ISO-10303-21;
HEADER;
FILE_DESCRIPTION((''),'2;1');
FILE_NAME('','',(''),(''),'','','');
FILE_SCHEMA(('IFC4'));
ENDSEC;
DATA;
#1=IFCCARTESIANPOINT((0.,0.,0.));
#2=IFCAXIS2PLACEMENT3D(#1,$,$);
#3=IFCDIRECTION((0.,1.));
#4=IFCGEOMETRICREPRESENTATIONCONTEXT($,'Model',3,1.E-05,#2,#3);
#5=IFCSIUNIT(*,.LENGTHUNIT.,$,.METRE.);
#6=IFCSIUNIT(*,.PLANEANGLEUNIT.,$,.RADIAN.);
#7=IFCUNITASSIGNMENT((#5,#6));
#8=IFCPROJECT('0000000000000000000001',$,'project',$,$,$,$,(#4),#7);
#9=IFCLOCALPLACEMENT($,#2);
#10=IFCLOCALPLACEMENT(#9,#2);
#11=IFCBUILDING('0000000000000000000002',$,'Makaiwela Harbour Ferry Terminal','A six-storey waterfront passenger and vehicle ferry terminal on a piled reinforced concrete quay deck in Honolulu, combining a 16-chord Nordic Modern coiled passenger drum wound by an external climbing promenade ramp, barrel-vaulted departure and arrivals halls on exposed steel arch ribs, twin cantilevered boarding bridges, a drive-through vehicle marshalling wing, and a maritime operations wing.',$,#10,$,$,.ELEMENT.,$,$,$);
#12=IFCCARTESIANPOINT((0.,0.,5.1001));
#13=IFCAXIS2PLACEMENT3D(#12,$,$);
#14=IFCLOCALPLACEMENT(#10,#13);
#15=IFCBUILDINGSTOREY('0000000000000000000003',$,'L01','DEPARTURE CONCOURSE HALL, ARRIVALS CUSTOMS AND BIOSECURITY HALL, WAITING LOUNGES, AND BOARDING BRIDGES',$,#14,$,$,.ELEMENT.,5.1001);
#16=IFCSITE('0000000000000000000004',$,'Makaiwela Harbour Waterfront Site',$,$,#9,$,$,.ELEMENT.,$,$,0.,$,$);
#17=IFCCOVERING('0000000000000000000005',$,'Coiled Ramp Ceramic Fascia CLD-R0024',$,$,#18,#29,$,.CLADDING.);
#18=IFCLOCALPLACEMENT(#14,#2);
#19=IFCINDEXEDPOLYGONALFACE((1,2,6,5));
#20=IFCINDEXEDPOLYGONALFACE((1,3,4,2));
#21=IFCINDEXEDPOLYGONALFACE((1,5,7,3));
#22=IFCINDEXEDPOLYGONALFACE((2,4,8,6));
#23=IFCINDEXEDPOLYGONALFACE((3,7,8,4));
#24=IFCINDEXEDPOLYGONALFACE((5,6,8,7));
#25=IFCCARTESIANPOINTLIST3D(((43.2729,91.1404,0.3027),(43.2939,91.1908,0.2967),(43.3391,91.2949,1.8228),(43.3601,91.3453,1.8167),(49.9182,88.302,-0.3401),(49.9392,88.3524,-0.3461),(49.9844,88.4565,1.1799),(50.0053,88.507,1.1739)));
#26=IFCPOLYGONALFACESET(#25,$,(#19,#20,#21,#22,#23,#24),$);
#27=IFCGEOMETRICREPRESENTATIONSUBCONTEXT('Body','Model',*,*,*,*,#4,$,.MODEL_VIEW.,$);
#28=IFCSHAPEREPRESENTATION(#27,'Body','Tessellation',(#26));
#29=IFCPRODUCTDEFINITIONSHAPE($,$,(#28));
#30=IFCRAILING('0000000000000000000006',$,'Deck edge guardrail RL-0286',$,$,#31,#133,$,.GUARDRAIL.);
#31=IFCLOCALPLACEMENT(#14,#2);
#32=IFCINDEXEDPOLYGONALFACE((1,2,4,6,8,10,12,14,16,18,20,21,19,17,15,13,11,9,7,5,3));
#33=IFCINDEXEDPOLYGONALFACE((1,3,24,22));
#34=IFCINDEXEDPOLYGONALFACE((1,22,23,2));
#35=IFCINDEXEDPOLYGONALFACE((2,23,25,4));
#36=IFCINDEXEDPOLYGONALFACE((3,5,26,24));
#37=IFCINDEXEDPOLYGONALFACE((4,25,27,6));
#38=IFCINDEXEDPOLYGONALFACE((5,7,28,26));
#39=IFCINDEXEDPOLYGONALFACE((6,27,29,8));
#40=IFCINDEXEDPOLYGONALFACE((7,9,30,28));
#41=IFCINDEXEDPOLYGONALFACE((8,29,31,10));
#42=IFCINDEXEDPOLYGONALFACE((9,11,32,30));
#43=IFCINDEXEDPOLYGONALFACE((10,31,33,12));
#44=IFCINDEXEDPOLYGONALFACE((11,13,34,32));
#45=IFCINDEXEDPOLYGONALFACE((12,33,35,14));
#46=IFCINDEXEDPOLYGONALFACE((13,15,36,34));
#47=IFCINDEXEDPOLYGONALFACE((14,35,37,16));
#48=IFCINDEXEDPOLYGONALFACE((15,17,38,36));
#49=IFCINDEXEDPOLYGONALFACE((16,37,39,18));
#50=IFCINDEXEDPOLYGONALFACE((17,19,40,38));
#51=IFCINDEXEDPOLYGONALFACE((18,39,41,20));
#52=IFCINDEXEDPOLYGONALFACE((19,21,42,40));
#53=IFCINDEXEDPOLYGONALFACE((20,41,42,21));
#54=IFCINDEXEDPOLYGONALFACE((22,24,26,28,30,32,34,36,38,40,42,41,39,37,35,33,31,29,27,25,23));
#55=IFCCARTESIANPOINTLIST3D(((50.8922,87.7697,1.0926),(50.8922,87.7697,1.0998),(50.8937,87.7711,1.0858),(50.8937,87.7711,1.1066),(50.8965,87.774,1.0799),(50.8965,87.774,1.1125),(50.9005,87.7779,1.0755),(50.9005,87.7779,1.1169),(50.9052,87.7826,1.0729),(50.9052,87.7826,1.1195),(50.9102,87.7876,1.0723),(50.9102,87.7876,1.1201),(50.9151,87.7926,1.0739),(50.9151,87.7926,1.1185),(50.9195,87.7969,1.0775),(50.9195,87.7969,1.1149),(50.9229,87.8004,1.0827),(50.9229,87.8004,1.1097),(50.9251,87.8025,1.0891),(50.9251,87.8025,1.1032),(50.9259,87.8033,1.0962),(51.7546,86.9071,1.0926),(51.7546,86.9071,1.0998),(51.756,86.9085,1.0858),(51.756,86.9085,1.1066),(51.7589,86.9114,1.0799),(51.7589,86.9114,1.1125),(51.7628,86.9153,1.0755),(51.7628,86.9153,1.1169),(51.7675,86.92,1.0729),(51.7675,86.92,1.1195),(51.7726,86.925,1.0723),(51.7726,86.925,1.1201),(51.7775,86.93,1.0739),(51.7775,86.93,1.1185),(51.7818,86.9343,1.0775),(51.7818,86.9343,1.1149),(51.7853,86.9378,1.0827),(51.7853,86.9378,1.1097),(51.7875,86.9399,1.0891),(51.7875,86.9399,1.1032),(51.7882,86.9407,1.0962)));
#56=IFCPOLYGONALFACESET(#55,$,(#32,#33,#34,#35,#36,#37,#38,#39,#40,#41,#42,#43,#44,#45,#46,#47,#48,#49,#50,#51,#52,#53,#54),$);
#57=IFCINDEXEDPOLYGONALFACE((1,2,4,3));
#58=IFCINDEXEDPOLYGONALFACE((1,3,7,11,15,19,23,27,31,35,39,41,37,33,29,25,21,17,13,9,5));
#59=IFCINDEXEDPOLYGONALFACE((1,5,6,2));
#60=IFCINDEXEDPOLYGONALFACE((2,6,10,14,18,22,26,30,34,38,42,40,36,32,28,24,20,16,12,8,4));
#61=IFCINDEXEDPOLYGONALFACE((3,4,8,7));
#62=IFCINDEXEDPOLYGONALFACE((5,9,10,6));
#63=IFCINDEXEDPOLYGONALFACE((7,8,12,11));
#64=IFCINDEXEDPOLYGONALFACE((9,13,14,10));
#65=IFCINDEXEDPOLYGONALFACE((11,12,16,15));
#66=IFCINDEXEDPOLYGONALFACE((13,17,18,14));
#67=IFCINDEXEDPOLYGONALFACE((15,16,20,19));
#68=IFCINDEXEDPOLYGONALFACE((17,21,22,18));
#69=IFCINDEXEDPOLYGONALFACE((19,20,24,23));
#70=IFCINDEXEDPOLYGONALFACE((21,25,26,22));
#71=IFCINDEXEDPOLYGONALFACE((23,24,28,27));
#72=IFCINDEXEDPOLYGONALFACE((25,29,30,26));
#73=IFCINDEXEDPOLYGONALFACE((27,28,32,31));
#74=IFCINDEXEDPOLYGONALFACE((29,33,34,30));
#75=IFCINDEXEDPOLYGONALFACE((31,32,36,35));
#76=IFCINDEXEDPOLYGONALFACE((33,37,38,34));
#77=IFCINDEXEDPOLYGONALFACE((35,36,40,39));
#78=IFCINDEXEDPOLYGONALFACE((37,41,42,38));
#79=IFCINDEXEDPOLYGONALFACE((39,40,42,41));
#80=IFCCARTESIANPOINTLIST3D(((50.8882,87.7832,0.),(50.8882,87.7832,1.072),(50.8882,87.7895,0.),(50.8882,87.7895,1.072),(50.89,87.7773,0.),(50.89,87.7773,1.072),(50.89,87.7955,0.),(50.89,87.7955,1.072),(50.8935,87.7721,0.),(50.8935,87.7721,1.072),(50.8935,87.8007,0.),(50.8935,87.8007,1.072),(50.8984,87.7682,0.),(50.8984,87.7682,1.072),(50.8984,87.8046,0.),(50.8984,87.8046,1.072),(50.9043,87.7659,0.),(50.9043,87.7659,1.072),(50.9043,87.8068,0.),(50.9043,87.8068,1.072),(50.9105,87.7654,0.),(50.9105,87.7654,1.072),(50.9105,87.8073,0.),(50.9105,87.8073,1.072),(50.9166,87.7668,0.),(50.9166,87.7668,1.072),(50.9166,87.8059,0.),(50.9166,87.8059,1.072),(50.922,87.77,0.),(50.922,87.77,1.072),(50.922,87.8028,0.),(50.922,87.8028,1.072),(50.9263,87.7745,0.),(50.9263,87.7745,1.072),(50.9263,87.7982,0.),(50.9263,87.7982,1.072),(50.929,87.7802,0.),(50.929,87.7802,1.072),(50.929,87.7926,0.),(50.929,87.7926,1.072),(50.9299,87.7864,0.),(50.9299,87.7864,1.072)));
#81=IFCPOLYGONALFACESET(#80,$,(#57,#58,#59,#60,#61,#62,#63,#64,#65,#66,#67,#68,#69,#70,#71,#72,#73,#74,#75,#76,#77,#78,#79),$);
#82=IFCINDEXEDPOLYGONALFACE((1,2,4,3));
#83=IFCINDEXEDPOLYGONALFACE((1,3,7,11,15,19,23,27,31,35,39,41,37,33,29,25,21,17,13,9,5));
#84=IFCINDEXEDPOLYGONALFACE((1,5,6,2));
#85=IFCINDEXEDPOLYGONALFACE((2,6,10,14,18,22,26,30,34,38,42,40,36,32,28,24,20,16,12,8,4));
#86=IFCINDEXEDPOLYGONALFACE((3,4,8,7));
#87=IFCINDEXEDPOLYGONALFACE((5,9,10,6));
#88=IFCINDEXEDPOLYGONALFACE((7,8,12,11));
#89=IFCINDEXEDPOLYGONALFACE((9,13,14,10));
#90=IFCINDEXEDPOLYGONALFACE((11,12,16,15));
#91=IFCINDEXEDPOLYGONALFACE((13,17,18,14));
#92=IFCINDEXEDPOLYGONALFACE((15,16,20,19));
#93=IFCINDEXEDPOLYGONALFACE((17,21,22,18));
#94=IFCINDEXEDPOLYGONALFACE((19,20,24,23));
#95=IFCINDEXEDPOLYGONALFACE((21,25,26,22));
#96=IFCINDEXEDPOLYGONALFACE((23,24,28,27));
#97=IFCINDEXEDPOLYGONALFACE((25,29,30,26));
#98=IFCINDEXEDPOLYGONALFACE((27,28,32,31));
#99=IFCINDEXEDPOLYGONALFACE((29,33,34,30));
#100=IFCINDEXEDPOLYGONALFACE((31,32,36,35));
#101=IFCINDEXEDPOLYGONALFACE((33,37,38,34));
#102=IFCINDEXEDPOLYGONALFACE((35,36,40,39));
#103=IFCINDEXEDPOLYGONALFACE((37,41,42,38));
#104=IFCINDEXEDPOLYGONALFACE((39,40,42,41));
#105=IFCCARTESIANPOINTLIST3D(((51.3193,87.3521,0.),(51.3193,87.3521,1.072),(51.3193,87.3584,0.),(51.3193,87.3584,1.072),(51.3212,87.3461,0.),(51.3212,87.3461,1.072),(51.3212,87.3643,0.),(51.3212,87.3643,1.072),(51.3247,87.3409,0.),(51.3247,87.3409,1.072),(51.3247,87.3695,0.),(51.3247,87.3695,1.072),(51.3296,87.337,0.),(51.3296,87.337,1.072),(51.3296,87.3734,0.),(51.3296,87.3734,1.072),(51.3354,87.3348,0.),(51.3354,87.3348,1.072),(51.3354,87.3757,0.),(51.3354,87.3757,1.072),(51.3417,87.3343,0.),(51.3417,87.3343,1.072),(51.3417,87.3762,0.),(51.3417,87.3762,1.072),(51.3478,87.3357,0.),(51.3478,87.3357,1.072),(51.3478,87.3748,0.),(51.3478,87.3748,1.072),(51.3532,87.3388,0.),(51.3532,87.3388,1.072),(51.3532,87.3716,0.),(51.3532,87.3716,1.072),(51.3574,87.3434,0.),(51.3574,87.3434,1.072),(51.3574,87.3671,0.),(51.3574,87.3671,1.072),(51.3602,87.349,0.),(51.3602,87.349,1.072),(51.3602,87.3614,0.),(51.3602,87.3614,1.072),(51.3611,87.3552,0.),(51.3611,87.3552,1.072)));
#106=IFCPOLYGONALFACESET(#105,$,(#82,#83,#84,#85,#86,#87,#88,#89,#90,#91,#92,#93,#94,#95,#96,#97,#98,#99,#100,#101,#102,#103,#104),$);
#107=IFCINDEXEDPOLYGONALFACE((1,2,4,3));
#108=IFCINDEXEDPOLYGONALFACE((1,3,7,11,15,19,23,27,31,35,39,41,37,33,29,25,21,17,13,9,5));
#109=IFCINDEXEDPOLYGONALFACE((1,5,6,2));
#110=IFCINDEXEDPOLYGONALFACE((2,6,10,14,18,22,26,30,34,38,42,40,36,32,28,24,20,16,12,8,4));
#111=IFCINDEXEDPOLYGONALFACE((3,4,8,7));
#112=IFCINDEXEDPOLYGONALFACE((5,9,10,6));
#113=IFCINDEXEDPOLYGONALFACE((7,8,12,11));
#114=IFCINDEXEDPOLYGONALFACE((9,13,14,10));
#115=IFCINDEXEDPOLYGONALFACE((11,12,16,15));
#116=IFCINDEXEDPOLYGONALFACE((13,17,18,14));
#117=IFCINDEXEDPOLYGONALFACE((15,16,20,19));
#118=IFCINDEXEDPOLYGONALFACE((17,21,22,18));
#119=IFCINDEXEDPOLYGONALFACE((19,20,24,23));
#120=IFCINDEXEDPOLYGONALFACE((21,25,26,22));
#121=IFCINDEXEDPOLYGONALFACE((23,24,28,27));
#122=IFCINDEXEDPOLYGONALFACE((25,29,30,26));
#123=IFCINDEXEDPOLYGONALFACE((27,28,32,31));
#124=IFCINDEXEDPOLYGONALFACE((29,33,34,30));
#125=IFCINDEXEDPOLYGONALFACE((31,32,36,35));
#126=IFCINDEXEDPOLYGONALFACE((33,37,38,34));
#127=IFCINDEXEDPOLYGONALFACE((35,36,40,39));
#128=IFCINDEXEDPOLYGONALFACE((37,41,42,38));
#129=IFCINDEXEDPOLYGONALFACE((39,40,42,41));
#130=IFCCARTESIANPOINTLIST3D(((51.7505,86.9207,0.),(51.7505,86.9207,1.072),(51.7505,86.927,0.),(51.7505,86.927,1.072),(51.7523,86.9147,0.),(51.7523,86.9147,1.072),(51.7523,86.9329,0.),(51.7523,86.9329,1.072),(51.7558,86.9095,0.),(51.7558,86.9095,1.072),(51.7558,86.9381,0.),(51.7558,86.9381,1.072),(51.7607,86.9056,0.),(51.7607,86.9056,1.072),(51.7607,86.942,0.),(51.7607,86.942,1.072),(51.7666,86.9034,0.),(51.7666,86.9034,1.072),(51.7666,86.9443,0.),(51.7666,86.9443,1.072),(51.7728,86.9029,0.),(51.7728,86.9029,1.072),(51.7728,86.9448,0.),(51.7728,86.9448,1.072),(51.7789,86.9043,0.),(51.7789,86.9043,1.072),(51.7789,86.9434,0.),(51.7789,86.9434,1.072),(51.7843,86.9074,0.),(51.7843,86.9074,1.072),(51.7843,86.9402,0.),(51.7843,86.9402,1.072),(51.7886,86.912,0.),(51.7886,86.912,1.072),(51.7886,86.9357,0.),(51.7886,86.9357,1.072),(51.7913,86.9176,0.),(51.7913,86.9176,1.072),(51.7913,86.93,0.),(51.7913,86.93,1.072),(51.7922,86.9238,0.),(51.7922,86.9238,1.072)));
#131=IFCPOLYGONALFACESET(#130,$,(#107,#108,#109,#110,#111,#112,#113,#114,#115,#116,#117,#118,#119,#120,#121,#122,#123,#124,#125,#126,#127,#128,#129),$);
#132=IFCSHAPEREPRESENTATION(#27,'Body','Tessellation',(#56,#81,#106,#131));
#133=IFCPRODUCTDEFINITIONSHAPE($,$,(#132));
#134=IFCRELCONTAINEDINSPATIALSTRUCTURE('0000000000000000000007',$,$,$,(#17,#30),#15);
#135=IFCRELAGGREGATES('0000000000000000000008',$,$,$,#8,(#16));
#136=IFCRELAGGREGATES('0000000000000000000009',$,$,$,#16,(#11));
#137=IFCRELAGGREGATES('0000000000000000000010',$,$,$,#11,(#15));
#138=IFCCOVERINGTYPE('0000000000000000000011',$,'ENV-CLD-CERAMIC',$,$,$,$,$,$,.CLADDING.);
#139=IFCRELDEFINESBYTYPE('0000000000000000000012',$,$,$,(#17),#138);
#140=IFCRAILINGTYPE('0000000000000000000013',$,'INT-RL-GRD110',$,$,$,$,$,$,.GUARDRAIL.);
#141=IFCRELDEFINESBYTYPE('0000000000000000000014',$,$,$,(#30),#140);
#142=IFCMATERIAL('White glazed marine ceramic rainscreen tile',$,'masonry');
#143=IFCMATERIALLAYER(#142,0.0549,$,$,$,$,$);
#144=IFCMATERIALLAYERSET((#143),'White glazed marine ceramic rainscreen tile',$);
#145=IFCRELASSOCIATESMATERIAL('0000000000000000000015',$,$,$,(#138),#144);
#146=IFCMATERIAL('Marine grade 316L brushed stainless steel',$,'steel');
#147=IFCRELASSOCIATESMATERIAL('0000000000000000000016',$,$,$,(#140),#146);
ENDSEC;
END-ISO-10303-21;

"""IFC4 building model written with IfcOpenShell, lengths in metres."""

from ifc_helpers import new_model, si_unit, direction, frame, origin, origin_2d, place, context, subcontext, project, spatial, polyline, circle, outline, extrude, material, layer, layer_set, type_object, element, save


model = new_model("IFC4")

# Units and contexts
model_context = context("Model", 3, precision=1e-05, world=origin(), true_north=direction((0.0, 1.0)))
body_context = subcontext(model_context, "Body", "Model", "MODEL_VIEW")
ifc_project = project(units=[si_unit("LENGTHUNIT", "METRE"), si_unit("PLANEANGLEUNIT", "RADIAN")], contexts=[model_context])

# Site, building, storey
site_placement = place(None, origin())
site = spatial("IfcSite", under=ifc_project, at=site_placement, Name="Makaiwela Harbour Waterfront Site", CompositionType="ELEMENT", RefElevation=0.0)
building_placement = place(site_placement, origin())
building = spatial("IfcBuilding", under=site, at=building_placement, Name="Makaiwela Harbour Ferry Terminal", Description="A six-storey waterfront passenger and vehicle ferry terminal on a piled reinforced concrete quay deck in Honolulu, combining a 16-chord Nordic Modern coiled passenger drum wound by an external climbing promenade ramp, barrel-vaulted departure and arrivals halls on exposed steel arch ribs, twin cantilevered boarding bridges, a drive-through vehicle marshalling wing, and a maritime operations wing.", CompositionType="ELEMENT")
storey_placement = place(building_placement, frame((0.0, 0.0, 5.1001)))
storey = spatial("IfcBuildingStorey", under=building, at=storey_placement, Name="L01", Description="DEPARTURE CONCOURSE HALL, ARRIVALS CUSTOMS AND BIOSECURITY HALL, WAITING LOUNGES, AND BOARDING BRIDGES", CompositionType="ELEMENT", Elevation=5.1001)

# Covering
ifc_material_1 = material(Name="White glazed marine ceramic rainscreen tile", Category="masonry")
ifc_layer_1 = layer(ifc_material_1, 0.0549)
ifc_layer_set_1 = layer_set([ifc_layer_1], Name="White glazed marine ceramic rainscreen tile")
covering_type = type_object("IfcCoveringType", Name="ENV-CLD-CERAMIC", PredefinedType="CLADDING", material=ifc_layer_set_1)
covering_placement = place(storey_placement, frame((49.9182, 88.302, -0.3401), z_axis=(-0.381406, -0.917849, 0.10992), x_axis=(-0.916008, 0.391253, 0.088609)))
element("IfcCovering", 1, at=covering_placement, inside=storey, type_object=covering_type, Name="Coiled Ramp Ceramic Fascia CLD-R0024", PredefinedType="CLADDING", context=body_context, shape_type="SweptSolid", body=[
    extrude(outline(polyline([(0.0, 0.0), (7.2546, 0.0), (7.3891, -1.5234), (0.1345, -1.5234), (0.0, 0.0)])), origin(), (0.0, 0.0, -1.0), 0.0549),
])

# Railing
ifc_material_2 = material(Name="Marine grade 316L brushed stainless steel", Category="steel")
railing_type_1 = type_object("IfcRailingType", Name="INT-RL-GRD110", PredefinedType="GUARDRAIL", material=ifc_material_2)
railing_1_placement = place(storey_placement, frame((50.9089, 87.7864, 0.0)))
element("IfcRailing", 2, at=railing_1_placement, inside=storey, type_object=railing_type_1, Name="Deck edge guardrail RL-0286", PredefinedType="GUARDRAIL", context=body_context, shape_type="SweptSolid", body=[
    extrude(circle(Radius=0.0239, at=origin_2d()), frame((0.0, 0.0, 1.0962), z_axis=(0.707007, -0.707207, 0.0), x_axis=(0.707207, 0.707007, 0.0)), (0.0, 0.0, 1.0), 1.2197),
    extrude(circle(Radius=0.021, at=origin_2d()), origin(), (0.0, 0.0, 1.0), 1.072),
    extrude(circle(Radius=0.021, at=origin_2d()), frame((0.4312, -0.4312, 0.0)), (0.0, 0.0, 1.0), 1.072),
    extrude(circle(Radius=0.021, at=origin_2d()), frame((0.8623, -0.8625, 0.0)), (0.0, 0.0, 1.0), 1.072),
])

save(model, "model.ifc")
